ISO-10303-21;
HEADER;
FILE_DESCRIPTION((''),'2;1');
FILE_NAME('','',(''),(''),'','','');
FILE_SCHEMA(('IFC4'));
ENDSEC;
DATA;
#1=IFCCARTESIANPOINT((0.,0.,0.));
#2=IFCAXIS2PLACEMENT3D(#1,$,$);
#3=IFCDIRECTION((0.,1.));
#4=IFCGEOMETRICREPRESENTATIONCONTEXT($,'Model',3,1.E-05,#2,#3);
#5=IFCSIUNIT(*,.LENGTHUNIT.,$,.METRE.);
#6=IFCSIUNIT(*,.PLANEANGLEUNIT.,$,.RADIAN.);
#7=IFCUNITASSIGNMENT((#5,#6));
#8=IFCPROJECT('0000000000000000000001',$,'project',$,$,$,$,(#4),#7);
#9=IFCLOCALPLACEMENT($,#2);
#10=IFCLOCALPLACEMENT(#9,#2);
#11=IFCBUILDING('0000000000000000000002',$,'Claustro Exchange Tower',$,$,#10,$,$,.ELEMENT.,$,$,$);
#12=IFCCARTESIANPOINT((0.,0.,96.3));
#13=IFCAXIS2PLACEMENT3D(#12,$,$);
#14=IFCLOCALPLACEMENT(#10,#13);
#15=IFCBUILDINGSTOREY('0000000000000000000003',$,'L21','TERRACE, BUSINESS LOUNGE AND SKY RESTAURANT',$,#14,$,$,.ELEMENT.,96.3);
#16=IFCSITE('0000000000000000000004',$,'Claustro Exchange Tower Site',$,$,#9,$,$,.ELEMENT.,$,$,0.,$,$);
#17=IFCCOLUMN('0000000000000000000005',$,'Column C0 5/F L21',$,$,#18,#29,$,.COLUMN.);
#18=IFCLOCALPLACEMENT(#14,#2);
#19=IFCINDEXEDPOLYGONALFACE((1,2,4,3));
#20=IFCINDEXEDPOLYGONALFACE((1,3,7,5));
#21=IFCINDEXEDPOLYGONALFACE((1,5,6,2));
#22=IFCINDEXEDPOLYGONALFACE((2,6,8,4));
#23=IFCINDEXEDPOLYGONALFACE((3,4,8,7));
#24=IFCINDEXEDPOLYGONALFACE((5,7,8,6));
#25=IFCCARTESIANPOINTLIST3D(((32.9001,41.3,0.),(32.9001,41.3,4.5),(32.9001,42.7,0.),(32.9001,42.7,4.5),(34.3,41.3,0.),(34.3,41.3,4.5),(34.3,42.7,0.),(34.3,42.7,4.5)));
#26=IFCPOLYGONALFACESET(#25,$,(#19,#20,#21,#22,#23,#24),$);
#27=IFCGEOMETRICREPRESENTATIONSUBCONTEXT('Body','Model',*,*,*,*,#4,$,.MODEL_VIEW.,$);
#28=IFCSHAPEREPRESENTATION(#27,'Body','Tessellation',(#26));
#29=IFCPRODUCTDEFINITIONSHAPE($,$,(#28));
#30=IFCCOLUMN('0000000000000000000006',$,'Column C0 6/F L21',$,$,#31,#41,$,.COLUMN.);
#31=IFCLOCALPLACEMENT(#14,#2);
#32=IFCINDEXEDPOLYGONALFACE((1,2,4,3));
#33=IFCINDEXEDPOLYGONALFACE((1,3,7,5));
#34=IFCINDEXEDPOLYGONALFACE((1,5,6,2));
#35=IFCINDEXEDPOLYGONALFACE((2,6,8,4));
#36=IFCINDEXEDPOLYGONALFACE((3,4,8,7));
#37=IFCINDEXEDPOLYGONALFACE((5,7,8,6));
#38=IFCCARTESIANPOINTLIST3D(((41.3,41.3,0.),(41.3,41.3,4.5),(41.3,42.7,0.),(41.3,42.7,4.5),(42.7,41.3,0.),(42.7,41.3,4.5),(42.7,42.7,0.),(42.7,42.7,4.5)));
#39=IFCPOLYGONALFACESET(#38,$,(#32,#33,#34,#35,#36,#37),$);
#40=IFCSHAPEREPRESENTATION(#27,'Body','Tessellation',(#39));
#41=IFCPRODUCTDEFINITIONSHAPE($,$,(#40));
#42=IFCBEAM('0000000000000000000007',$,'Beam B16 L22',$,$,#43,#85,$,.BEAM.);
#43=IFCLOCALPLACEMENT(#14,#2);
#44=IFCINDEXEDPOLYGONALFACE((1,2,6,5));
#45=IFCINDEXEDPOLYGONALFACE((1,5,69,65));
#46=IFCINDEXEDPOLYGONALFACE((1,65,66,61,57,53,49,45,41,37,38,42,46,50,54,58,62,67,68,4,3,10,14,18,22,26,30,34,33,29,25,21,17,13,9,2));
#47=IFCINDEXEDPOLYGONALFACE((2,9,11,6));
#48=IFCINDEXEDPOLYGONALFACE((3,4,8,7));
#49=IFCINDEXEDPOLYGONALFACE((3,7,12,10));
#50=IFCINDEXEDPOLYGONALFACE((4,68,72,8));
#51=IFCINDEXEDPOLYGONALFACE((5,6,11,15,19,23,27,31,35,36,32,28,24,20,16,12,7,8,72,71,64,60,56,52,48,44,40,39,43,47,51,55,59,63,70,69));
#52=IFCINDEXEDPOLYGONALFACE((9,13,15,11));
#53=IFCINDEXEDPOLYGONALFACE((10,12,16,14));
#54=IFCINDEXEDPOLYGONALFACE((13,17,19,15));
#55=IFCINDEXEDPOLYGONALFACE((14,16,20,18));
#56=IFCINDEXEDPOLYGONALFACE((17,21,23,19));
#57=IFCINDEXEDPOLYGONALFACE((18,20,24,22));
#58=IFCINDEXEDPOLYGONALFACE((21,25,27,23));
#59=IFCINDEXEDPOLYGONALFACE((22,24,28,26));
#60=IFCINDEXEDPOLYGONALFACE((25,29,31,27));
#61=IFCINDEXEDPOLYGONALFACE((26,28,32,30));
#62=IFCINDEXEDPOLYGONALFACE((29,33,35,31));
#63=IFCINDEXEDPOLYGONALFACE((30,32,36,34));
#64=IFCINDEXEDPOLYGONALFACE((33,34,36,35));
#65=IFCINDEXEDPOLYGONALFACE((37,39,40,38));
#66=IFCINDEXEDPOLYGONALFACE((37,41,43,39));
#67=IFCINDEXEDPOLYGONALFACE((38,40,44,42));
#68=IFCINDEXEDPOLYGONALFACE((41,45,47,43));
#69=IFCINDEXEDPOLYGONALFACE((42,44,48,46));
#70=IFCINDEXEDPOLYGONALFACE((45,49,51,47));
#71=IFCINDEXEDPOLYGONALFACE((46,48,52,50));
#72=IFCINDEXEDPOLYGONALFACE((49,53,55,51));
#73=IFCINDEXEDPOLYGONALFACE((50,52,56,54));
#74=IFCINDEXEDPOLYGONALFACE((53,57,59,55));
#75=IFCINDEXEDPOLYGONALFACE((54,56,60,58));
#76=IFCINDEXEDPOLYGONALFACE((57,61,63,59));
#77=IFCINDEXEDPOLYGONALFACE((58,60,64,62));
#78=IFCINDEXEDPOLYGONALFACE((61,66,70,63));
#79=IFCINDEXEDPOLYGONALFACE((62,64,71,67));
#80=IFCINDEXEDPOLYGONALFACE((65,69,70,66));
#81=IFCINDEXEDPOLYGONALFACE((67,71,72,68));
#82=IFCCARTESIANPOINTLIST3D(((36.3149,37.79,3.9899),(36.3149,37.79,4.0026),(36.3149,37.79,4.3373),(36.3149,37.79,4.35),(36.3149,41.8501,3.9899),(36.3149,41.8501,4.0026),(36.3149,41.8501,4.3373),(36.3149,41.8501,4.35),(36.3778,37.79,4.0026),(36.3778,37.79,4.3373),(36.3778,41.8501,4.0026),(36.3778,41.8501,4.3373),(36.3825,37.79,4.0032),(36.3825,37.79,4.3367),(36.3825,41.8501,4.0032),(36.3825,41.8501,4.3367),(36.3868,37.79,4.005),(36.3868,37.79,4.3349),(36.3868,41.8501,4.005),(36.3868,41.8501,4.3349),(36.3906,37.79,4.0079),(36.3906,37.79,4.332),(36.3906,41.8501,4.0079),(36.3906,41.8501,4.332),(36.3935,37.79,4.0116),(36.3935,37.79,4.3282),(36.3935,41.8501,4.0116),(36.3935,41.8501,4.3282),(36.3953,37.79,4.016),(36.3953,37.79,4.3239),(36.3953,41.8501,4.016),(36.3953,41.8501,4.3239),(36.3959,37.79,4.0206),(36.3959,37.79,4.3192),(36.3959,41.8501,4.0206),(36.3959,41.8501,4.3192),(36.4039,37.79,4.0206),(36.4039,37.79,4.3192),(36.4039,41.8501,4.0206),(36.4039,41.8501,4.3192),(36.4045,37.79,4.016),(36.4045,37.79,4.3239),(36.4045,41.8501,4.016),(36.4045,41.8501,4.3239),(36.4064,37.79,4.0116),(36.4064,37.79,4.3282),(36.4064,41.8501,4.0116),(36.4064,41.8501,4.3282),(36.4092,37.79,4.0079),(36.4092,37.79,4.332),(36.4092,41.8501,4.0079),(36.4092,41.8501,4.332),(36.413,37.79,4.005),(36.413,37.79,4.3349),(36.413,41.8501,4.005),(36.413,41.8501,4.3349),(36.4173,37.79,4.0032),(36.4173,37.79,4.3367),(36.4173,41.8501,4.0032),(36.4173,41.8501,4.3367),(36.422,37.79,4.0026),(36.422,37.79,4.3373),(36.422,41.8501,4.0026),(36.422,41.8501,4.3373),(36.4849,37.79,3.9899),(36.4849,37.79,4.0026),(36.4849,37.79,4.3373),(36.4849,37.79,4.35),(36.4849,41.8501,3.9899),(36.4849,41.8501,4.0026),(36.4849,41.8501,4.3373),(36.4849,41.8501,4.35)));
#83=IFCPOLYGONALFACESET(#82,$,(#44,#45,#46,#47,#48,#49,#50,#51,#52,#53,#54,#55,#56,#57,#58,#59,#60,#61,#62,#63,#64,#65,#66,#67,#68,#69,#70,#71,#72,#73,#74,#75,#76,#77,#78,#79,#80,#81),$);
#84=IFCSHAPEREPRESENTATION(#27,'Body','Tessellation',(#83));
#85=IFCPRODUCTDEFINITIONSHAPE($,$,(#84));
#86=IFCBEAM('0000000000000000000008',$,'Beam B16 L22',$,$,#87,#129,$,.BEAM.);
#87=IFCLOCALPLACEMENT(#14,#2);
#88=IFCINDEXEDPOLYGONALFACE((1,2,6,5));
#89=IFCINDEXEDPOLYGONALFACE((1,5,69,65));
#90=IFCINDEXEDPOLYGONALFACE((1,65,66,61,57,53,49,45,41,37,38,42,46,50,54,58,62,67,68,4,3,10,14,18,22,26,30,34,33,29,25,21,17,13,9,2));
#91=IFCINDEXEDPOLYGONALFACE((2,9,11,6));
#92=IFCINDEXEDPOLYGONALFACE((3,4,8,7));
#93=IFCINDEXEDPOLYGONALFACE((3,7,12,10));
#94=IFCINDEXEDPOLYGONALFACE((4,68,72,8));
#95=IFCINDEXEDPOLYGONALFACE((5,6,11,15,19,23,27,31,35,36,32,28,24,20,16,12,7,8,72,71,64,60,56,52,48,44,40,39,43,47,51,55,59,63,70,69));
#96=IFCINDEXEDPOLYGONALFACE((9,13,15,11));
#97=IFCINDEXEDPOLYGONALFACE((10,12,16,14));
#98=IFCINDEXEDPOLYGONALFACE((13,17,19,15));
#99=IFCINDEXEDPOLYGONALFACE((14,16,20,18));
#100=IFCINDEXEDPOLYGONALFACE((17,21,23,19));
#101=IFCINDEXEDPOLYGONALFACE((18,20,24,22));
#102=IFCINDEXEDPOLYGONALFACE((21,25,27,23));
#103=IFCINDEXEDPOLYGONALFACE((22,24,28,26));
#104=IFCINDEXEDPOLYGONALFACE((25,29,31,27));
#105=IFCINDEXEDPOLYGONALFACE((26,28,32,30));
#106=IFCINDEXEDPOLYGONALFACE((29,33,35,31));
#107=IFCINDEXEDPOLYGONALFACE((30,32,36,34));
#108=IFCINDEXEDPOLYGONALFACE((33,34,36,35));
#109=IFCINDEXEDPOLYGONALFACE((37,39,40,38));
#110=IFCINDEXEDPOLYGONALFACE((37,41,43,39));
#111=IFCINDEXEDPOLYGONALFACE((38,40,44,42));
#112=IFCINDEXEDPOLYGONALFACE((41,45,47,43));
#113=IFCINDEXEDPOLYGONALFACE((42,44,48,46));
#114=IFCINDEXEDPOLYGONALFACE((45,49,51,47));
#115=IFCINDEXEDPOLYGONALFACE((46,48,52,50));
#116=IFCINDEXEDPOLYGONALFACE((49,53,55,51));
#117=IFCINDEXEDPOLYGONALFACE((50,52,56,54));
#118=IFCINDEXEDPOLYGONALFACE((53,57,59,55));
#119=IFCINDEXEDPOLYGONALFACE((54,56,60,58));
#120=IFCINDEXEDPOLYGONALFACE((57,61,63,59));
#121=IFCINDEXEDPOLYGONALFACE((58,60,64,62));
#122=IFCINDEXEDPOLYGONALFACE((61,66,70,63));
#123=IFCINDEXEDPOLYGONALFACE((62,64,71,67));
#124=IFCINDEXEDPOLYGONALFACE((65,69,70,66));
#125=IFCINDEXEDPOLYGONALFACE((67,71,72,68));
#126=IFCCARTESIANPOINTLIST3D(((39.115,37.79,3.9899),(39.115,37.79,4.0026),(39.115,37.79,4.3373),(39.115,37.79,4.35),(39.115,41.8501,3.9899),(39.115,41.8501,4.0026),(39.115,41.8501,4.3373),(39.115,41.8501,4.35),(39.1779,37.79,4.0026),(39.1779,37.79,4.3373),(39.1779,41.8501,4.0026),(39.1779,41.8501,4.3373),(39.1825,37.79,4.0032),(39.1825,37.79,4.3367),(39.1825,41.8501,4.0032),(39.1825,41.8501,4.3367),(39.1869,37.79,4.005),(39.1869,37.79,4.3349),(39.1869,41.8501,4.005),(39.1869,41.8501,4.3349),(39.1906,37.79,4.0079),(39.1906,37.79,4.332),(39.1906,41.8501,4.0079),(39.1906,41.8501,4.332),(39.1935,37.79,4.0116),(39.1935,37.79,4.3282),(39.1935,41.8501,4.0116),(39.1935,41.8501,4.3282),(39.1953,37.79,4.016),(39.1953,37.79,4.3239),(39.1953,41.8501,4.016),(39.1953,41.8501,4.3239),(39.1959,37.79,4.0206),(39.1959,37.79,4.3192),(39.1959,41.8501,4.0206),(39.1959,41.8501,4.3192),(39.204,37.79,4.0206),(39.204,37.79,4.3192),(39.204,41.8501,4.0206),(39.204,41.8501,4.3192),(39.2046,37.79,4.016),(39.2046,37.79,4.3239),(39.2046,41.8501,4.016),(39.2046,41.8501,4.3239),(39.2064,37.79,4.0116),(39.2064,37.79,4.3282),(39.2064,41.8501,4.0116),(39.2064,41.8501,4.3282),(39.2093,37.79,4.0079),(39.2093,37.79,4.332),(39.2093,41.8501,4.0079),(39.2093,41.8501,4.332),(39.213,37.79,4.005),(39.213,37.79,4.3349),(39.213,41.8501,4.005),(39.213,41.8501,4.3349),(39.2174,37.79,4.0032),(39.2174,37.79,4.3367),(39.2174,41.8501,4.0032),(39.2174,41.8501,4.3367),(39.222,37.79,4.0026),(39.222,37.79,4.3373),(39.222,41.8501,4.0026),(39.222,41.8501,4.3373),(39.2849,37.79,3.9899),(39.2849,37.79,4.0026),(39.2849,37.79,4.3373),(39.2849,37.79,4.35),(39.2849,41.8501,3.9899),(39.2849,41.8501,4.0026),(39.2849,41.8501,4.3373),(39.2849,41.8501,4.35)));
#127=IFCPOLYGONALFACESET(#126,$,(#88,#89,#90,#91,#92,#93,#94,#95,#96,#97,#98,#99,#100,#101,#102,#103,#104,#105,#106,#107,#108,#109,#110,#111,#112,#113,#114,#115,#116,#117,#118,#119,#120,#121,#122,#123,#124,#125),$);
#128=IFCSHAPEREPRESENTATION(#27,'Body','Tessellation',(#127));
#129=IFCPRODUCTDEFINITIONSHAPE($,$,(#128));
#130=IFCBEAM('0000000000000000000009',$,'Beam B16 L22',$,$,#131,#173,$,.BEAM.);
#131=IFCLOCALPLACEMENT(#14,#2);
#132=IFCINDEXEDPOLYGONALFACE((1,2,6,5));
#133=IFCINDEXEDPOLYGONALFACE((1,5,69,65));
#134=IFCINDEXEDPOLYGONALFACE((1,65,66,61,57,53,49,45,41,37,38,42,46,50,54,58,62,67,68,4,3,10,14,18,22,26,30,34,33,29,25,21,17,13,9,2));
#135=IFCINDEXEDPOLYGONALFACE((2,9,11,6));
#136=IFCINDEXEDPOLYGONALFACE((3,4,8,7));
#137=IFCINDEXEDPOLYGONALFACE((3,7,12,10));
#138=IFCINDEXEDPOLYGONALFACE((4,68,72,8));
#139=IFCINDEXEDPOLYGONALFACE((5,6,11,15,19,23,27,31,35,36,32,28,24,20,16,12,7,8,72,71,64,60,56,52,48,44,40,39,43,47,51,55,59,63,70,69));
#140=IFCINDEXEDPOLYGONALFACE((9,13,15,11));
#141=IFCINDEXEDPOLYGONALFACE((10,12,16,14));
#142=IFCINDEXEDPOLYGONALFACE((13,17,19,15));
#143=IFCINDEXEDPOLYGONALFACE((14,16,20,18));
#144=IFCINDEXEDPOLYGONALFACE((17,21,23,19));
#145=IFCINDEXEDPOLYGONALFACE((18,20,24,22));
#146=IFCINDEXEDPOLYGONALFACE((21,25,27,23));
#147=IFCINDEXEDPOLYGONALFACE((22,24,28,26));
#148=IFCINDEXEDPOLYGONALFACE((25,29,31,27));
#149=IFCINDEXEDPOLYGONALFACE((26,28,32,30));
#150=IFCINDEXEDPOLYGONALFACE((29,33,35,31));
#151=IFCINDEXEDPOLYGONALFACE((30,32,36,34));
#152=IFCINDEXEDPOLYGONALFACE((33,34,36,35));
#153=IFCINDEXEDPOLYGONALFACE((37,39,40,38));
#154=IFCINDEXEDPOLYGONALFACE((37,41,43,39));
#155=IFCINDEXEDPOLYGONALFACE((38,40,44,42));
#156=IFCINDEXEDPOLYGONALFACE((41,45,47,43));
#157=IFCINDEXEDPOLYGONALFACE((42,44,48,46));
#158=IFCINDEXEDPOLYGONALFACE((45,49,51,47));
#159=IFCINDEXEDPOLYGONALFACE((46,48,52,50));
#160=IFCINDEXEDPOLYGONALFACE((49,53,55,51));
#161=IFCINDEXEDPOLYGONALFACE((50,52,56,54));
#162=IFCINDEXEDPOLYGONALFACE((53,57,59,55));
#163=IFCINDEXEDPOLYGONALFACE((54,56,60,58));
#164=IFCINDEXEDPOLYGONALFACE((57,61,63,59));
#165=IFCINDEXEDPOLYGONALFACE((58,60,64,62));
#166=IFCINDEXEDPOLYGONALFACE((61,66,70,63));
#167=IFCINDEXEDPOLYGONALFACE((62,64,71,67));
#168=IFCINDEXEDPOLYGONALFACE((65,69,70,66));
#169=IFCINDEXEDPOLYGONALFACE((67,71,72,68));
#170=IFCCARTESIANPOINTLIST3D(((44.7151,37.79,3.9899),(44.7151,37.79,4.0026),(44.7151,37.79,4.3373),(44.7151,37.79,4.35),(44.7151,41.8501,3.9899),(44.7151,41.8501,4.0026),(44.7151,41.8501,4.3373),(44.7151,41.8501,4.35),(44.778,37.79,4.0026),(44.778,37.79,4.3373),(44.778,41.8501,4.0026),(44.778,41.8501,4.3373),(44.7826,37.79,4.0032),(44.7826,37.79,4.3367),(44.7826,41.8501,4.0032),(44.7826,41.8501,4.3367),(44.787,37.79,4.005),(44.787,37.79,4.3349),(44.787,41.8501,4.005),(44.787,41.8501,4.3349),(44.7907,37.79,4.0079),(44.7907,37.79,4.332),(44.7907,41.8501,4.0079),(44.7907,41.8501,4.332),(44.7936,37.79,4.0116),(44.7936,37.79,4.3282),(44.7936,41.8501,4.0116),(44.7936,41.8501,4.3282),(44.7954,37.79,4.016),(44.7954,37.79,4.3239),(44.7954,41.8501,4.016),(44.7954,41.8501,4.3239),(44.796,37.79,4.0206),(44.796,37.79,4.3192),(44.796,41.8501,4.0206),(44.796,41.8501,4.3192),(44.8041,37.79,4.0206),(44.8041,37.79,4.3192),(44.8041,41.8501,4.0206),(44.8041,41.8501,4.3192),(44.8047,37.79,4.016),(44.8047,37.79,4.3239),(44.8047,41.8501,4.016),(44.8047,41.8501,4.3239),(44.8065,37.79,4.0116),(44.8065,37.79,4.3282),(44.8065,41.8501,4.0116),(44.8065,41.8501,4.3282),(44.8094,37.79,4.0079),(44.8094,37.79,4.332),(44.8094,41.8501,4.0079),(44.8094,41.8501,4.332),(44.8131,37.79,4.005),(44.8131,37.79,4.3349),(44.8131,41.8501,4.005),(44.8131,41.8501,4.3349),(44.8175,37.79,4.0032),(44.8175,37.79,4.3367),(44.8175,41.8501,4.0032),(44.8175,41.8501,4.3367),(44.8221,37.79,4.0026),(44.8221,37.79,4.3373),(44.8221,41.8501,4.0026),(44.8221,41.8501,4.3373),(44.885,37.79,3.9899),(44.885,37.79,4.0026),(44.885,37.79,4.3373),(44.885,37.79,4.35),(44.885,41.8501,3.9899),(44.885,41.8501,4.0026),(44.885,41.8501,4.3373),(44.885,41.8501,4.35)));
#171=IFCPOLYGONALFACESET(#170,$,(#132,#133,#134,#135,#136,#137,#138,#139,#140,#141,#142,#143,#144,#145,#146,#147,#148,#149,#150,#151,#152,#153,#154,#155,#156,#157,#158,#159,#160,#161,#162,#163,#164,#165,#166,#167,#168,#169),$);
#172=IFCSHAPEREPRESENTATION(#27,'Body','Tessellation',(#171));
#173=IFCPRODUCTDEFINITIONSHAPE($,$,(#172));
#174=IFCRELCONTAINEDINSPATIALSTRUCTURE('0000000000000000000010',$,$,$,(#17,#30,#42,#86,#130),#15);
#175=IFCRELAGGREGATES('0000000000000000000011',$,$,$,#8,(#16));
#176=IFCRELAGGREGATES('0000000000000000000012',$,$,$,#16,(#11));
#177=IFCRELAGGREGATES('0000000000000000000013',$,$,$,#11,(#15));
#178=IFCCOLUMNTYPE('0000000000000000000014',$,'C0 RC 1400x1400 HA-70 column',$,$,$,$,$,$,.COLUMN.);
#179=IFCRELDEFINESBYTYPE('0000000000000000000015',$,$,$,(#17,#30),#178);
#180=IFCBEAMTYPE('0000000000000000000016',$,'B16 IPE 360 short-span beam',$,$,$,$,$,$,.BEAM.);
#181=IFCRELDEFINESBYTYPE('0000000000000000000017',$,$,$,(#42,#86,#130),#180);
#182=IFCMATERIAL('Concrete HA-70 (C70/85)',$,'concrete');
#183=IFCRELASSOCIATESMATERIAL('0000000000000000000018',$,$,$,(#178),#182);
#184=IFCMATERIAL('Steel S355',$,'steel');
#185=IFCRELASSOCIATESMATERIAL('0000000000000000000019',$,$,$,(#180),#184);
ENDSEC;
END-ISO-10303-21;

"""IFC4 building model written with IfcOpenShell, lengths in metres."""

from ifc_helpers import new_model, si_unit, direction, frame, origin, origin_2d, place, context, subcontext, project, spatial, rectangle, i_section, extrude, material, material_profile, profile_set, type_object, element, save


model = new_model("IFC4")

# Units and contexts
model_context = context("Model", 3, precision=1e-05, world=origin(), true_north=direction((0.0, 1.0)))
body_context = subcontext(model_context, "Body", "Model", "MODEL_VIEW")
ifc_project = project(units=[si_unit("LENGTHUNIT", "METRE"), si_unit("PLANEANGLEUNIT", "RADIAN")], contexts=[model_context])

# Site, building, storey
site_placement = place(None, origin())
site = spatial("IfcSite", under=ifc_project, at=site_placement, Name="Claustro Exchange Tower Site", CompositionType="ELEMENT", RefElevation=0.0)
building_placement = place(site_placement, origin())
building = spatial("IfcBuilding", under=site, at=building_placement, Name="Claustro Exchange Tower", CompositionType="ELEMENT")
storey_placement = place(building_placement, frame((0.0, 0.0, 96.3)))
storey = spatial("IfcBuildingStorey", under=building, at=storey_placement, Name="L21", Description="TERRACE, BUSINESS LOUNGE AND SKY RESTAURANT", CompositionType="ELEMENT", Elevation=96.3)

# Columns
ifc_material_1 = material(Name="Concrete HA-70 (C70/85)", Category="concrete")
ifc_material_profile_1 = material_profile(ifc_material_1, rectangle(XDim=1.3999, YDim=1.3999, at=origin_2d()), Name="RC 1400x1400")
ifc_profile_set_1 = profile_set([ifc_material_profile_1], Name="Concrete HA-70 (C70/85)")
column_type = type_object("IfcColumnType", Name="C0 RC 1400x1400 HA-70 column", PredefinedType="COLUMN", material=ifc_profile_set_1)
for number, where, z_axis, x_axis, name in (
    (1, (33.6001, 42.0, 0.0), (0.0, 0.0, 1.0), (1.0, 0.0, 0.0), "Column C0 5/F L21"),
    (2, (42.0, 42.0, 0.0), (0.0, 0.0, 1.0), (1.0, 0.0, 0.0), "Column C0 6/F L21"),
):
    element("IfcColumn", number, at=place(storey_placement, frame(where, z_axis=z_axis, x_axis=x_axis)), inside=storey, type_object=column_type, Name=name, PredefinedType="COLUMN", context=body_context, shape_type="SweptSolid", body=[
        extrude(rectangle(XDim=1.3999, YDim=1.3999, at=origin_2d()), origin(), (0.0, 0.0, 1.0), 4.5),
    ])

# Beams
ifc_material_2 = material(Name="Steel S355", Category="steel")
ifc_material_profile_2 = material_profile(ifc_material_2, i_section(OverallWidth=0.1699, OverallDepth=0.3601, WebThickness=0.0081, FlangeThickness=0.0127, FilletRadius=0.0181, at=origin_2d()), Name="IPE 360")
ifc_profile_set_2 = profile_set([ifc_material_profile_2], Name="Steel S355")
beam_type_1 = type_object("IfcBeamType", Name="B16 IPE 360 short-span beam", PredefinedType="BEAM", material=ifc_profile_set_2)
for number, where, z_axis, x_axis, name in (
    (3, (36.3999, 37.79, 4.1699), (0.0, 1.0, 0.0), (-1.0, 0.0, 0.0), "Beam B16 L22"),
    (4, (39.2, 37.79, 4.1699), (0.0, 1.0, 0.0), (-1.0, 0.0, 0.0), "Beam B16 L22"),
    (5, (44.8, 37.79, 4.1699), (0.0, 1.0, 0.0), (-1.0, 0.0, 0.0), "Beam B16 L22"),
):
    element("IfcBeam", number, at=place(storey_placement, frame(where, z_axis=z_axis, x_axis=x_axis)), inside=storey, type_object=beam_type_1, Name=name, PredefinedType="BEAM", context=body_context, shape_type="SweptSolid", body=[
        extrude(i_section(OverallWidth=0.1699, OverallDepth=0.3601, WebThickness=0.0081, FlangeThickness=0.0127, FilletRadius=0.0181, at=origin_2d()), origin(), (0.0, 0.0, 1.0), 4.0601),
    ])

save(model, "model.ifc")
